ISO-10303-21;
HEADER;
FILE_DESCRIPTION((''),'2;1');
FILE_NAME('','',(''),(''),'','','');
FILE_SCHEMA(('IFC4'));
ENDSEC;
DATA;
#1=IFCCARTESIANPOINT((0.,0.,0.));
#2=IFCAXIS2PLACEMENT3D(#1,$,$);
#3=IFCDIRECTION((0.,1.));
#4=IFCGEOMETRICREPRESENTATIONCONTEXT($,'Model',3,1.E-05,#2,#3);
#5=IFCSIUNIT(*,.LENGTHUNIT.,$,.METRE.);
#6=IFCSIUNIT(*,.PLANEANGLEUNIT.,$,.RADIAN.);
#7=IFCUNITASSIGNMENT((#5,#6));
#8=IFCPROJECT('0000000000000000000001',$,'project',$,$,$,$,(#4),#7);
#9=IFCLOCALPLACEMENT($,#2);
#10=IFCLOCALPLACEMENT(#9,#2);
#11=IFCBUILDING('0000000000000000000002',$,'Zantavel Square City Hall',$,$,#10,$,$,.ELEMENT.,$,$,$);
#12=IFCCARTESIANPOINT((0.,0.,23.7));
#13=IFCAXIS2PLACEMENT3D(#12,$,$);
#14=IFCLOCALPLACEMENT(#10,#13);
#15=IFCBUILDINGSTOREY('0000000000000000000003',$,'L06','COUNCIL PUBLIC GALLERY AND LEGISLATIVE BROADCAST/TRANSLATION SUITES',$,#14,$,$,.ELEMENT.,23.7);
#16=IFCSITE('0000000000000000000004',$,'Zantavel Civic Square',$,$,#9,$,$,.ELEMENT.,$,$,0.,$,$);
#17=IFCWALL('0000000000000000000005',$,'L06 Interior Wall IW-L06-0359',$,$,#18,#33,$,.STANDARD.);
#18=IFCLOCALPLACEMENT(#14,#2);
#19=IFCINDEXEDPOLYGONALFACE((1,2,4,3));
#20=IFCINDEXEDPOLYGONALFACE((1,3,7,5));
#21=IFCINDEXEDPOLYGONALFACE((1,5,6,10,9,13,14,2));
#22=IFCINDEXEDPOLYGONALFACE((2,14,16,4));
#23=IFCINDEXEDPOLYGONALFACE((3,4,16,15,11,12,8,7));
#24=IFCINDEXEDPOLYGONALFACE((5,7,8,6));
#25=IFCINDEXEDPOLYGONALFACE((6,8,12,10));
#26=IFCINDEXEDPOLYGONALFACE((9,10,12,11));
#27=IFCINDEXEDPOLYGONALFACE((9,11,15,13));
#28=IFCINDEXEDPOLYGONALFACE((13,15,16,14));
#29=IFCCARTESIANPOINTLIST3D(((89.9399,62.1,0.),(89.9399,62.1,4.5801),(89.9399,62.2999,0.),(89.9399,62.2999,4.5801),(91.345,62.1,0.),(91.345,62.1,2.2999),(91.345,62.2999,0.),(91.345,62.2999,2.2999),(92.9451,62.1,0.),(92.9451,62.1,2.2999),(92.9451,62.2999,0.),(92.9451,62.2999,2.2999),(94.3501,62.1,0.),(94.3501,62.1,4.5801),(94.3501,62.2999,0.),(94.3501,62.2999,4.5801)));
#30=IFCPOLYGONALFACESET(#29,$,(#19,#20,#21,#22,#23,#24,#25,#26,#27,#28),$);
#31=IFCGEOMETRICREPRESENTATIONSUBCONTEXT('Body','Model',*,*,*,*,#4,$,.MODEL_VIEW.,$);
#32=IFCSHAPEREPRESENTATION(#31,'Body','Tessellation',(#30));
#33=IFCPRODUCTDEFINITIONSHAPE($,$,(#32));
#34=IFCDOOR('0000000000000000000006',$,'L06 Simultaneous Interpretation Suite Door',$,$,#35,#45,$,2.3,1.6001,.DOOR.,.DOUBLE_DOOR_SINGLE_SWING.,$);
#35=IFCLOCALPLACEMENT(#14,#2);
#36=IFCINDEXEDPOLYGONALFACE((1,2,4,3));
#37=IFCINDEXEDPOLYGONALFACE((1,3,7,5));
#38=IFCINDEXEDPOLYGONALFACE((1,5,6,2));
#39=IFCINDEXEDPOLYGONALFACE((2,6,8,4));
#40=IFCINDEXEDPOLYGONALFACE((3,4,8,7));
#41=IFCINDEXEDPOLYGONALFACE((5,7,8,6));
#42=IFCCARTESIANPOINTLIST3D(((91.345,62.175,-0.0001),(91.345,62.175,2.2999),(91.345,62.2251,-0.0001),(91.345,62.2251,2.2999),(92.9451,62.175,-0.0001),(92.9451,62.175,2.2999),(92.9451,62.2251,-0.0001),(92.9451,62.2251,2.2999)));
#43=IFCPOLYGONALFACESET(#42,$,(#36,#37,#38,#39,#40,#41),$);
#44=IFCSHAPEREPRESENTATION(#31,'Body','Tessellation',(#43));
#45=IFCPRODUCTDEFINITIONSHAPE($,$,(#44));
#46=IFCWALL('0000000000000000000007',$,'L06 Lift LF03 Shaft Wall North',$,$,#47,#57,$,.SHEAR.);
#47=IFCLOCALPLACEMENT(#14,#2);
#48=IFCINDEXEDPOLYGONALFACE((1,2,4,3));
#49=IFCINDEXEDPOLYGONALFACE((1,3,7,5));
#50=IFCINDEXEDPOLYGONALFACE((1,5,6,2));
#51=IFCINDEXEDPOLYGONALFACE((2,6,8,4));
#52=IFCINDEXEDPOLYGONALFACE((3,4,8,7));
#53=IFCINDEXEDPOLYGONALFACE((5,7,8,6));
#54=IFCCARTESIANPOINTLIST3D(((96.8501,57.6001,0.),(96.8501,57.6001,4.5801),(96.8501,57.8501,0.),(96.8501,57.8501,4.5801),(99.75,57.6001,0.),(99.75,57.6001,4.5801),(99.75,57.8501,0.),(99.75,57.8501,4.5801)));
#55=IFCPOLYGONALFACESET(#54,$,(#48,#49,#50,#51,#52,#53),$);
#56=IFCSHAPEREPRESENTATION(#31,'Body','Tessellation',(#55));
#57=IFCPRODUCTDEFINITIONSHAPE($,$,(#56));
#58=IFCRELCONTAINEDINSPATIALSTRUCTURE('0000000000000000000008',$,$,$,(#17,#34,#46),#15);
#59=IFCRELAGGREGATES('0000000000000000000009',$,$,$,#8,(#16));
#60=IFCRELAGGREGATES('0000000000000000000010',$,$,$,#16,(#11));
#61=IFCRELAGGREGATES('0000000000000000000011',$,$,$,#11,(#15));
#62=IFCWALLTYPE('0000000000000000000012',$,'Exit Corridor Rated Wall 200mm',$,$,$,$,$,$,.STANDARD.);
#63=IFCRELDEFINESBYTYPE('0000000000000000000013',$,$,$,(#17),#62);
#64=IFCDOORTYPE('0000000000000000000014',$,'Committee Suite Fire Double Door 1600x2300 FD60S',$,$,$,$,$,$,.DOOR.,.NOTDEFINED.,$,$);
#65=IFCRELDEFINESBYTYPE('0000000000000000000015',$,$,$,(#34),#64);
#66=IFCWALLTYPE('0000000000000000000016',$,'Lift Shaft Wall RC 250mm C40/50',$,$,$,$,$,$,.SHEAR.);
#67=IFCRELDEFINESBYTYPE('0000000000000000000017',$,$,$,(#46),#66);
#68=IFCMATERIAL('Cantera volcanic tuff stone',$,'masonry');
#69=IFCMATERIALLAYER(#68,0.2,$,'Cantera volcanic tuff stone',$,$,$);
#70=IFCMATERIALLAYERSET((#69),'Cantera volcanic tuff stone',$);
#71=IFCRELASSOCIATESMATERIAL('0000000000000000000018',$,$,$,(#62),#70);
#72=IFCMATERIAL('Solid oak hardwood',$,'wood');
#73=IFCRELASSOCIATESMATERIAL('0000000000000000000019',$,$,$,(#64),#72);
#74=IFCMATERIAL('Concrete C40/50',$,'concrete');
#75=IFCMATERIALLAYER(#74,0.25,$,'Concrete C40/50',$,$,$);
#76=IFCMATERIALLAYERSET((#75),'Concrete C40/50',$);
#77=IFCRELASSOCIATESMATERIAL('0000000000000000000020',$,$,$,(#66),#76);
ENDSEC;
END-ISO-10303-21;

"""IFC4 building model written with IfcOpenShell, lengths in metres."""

from ifc_helpers import new_model, si_unit, direction, frame, frame_2d, origin, place, context, subcontext, project, spatial, rectangle, extrude, material, layer, layer_set, type_object, element, fill, save


model = new_model("IFC4")

# Units and contexts
model_context = context("Model", 3, precision=1e-05, world=origin(), true_north=direction((0.0, 1.0)))
body_context = subcontext(model_context, "Body", "Model", "MODEL_VIEW")
ifc_project = project(units=[si_unit("LENGTHUNIT", "METRE"), si_unit("PLANEANGLEUNIT", "RADIAN")], contexts=[model_context])

# Site, building, storey
site_placement = place(None, origin())
site = spatial("IfcSite", under=ifc_project, at=site_placement, Name="Zantavel Civic Square", CompositionType="ELEMENT", RefElevation=0.0)
building_placement = place(site_placement, origin())
building = spatial("IfcBuilding", under=site, at=building_placement, Name="Zantavel Square City Hall", CompositionType="ELEMENT")
storey_placement = place(building_placement, frame((0.0, 0.0, 23.7)))
storey = spatial("IfcBuildingStorey", under=building, at=storey_placement, Name="L06", Description="COUNCIL PUBLIC GALLERY AND LEGISLATIVE BROADCAST/TRANSLATION SUITES", CompositionType="ELEMENT", Elevation=23.7)

# Shared definitions
ifc_material_1 = material(Name="Concrete C40/50", Category="concrete")

# Wall, opening, door
ifc_material_2 = material(Name="Cantera volcanic tuff stone", Category="masonry")
ifc_layer_1 = layer(ifc_material_2, 0.2, Name="Cantera volcanic tuff stone")
ifc_layer_set_1 = layer_set([ifc_layer_1], Name="Cantera volcanic tuff stone")
wall_type_1 = type_object("IfcWallType", Name="Exit Corridor Rated Wall 200mm", PredefinedType="STANDARD", material=ifc_layer_set_1)
wall_1_placement = place(storey_placement, frame((94.3501, 62.2, 0.0), z_axis=(0.0, 0.0, 1.0), x_axis=(-1.0, 0.0, 0.0)))
wall_1 = element("IfcWall", 1, at=wall_1_placement, inside=storey, type_object=wall_type_1, Name="L06 Interior Wall IW-L06-0359", PredefinedType="STANDARD", context=body_context, shape_type="SweptSolid", body=[
    extrude(rectangle(XDim=4.4102, YDim=0.2, at=frame_2d((2.2051, 0.0))), origin(), (0.0, 0.0, 1.0), 4.5801),
])
opening_placement = place(wall_1_placement, frame((1.405, 0.0, 0.0)))
opening = element("IfcOpeningElement", 2, at=opening_placement, cuts=wall_1, PredefinedType="OPENING", context=body_context, shape_type="SweptSolid", body=[
    extrude(rectangle(XDim=1.6001, YDim=2.3, at=frame_2d((0.8, 1.1499))), frame((0.0, 0.1099, 0.0), z_axis=(0.0, -1.0, 0.0), x_axis=(1.0, 0.0, 0.0)), (0.0, 0.0, 1.0), 0.22),
])
ifc_material_3 = material(Name="Solid oak hardwood", Category="wood")
door_type = type_object("IfcDoorType", Name="Committee Suite Fire Double Door 1600x2300 FD60S", OperationType="NOTDEFINED", PredefinedType="DOOR", material=ifc_material_3)
door_placement = place(opening_placement, origin())
door = element("IfcDoor", 3, at=door_placement, inside=storey, type_object=door_type, Name="L06 Simultaneous Interpretation Suite Door", OperationType="DOUBLE_DOOR_SINGLE_SWING", OverallHeight=2.3, OverallWidth=1.6001, PredefinedType="DOOR", context=body_context, shape_type="SweptSolid", body=[
    extrude(rectangle(XDim=1.6001, YDim=2.3, at=frame_2d((0.8, 1.1499))), frame((0.0, 0.0249, 0.0), z_axis=(0.0, -1.0, 0.0), x_axis=(1.0, 0.0, 0.0)), (0.0, 0.0, 1.0), 0.05),
])
fill(opening, door)

# Wall
ifc_layer_2 = layer(ifc_material_1, 0.25, Name="Concrete C40/50")
ifc_layer_set_2 = layer_set([ifc_layer_2], Name="Concrete C40/50")
wall_type_2 = type_object("IfcWallType", Name="Lift Shaft Wall RC 250mm C40/50", PredefinedType="SHEAR", material=ifc_layer_set_2)
wall_2_placement = place(storey_placement, frame((96.8501, 57.7251, 0.0), z_axis=(0.0, 0.0, 1.0), x_axis=(1.0, 0.0, 0.0)))
element("IfcWall", 4, at=wall_2_placement, inside=storey, type_object=wall_type_2, Name="L06 Lift LF03 Shaft Wall North", PredefinedType="SHEAR", context=body_context, shape_type="SweptSolid", body=[
    extrude(rectangle(XDim=2.8999, YDim=0.25, at=frame_2d((1.45, 0.0))), origin(), (0.0, 0.0, 1.0), 4.5801),
])

save(model, "model.ifc")
